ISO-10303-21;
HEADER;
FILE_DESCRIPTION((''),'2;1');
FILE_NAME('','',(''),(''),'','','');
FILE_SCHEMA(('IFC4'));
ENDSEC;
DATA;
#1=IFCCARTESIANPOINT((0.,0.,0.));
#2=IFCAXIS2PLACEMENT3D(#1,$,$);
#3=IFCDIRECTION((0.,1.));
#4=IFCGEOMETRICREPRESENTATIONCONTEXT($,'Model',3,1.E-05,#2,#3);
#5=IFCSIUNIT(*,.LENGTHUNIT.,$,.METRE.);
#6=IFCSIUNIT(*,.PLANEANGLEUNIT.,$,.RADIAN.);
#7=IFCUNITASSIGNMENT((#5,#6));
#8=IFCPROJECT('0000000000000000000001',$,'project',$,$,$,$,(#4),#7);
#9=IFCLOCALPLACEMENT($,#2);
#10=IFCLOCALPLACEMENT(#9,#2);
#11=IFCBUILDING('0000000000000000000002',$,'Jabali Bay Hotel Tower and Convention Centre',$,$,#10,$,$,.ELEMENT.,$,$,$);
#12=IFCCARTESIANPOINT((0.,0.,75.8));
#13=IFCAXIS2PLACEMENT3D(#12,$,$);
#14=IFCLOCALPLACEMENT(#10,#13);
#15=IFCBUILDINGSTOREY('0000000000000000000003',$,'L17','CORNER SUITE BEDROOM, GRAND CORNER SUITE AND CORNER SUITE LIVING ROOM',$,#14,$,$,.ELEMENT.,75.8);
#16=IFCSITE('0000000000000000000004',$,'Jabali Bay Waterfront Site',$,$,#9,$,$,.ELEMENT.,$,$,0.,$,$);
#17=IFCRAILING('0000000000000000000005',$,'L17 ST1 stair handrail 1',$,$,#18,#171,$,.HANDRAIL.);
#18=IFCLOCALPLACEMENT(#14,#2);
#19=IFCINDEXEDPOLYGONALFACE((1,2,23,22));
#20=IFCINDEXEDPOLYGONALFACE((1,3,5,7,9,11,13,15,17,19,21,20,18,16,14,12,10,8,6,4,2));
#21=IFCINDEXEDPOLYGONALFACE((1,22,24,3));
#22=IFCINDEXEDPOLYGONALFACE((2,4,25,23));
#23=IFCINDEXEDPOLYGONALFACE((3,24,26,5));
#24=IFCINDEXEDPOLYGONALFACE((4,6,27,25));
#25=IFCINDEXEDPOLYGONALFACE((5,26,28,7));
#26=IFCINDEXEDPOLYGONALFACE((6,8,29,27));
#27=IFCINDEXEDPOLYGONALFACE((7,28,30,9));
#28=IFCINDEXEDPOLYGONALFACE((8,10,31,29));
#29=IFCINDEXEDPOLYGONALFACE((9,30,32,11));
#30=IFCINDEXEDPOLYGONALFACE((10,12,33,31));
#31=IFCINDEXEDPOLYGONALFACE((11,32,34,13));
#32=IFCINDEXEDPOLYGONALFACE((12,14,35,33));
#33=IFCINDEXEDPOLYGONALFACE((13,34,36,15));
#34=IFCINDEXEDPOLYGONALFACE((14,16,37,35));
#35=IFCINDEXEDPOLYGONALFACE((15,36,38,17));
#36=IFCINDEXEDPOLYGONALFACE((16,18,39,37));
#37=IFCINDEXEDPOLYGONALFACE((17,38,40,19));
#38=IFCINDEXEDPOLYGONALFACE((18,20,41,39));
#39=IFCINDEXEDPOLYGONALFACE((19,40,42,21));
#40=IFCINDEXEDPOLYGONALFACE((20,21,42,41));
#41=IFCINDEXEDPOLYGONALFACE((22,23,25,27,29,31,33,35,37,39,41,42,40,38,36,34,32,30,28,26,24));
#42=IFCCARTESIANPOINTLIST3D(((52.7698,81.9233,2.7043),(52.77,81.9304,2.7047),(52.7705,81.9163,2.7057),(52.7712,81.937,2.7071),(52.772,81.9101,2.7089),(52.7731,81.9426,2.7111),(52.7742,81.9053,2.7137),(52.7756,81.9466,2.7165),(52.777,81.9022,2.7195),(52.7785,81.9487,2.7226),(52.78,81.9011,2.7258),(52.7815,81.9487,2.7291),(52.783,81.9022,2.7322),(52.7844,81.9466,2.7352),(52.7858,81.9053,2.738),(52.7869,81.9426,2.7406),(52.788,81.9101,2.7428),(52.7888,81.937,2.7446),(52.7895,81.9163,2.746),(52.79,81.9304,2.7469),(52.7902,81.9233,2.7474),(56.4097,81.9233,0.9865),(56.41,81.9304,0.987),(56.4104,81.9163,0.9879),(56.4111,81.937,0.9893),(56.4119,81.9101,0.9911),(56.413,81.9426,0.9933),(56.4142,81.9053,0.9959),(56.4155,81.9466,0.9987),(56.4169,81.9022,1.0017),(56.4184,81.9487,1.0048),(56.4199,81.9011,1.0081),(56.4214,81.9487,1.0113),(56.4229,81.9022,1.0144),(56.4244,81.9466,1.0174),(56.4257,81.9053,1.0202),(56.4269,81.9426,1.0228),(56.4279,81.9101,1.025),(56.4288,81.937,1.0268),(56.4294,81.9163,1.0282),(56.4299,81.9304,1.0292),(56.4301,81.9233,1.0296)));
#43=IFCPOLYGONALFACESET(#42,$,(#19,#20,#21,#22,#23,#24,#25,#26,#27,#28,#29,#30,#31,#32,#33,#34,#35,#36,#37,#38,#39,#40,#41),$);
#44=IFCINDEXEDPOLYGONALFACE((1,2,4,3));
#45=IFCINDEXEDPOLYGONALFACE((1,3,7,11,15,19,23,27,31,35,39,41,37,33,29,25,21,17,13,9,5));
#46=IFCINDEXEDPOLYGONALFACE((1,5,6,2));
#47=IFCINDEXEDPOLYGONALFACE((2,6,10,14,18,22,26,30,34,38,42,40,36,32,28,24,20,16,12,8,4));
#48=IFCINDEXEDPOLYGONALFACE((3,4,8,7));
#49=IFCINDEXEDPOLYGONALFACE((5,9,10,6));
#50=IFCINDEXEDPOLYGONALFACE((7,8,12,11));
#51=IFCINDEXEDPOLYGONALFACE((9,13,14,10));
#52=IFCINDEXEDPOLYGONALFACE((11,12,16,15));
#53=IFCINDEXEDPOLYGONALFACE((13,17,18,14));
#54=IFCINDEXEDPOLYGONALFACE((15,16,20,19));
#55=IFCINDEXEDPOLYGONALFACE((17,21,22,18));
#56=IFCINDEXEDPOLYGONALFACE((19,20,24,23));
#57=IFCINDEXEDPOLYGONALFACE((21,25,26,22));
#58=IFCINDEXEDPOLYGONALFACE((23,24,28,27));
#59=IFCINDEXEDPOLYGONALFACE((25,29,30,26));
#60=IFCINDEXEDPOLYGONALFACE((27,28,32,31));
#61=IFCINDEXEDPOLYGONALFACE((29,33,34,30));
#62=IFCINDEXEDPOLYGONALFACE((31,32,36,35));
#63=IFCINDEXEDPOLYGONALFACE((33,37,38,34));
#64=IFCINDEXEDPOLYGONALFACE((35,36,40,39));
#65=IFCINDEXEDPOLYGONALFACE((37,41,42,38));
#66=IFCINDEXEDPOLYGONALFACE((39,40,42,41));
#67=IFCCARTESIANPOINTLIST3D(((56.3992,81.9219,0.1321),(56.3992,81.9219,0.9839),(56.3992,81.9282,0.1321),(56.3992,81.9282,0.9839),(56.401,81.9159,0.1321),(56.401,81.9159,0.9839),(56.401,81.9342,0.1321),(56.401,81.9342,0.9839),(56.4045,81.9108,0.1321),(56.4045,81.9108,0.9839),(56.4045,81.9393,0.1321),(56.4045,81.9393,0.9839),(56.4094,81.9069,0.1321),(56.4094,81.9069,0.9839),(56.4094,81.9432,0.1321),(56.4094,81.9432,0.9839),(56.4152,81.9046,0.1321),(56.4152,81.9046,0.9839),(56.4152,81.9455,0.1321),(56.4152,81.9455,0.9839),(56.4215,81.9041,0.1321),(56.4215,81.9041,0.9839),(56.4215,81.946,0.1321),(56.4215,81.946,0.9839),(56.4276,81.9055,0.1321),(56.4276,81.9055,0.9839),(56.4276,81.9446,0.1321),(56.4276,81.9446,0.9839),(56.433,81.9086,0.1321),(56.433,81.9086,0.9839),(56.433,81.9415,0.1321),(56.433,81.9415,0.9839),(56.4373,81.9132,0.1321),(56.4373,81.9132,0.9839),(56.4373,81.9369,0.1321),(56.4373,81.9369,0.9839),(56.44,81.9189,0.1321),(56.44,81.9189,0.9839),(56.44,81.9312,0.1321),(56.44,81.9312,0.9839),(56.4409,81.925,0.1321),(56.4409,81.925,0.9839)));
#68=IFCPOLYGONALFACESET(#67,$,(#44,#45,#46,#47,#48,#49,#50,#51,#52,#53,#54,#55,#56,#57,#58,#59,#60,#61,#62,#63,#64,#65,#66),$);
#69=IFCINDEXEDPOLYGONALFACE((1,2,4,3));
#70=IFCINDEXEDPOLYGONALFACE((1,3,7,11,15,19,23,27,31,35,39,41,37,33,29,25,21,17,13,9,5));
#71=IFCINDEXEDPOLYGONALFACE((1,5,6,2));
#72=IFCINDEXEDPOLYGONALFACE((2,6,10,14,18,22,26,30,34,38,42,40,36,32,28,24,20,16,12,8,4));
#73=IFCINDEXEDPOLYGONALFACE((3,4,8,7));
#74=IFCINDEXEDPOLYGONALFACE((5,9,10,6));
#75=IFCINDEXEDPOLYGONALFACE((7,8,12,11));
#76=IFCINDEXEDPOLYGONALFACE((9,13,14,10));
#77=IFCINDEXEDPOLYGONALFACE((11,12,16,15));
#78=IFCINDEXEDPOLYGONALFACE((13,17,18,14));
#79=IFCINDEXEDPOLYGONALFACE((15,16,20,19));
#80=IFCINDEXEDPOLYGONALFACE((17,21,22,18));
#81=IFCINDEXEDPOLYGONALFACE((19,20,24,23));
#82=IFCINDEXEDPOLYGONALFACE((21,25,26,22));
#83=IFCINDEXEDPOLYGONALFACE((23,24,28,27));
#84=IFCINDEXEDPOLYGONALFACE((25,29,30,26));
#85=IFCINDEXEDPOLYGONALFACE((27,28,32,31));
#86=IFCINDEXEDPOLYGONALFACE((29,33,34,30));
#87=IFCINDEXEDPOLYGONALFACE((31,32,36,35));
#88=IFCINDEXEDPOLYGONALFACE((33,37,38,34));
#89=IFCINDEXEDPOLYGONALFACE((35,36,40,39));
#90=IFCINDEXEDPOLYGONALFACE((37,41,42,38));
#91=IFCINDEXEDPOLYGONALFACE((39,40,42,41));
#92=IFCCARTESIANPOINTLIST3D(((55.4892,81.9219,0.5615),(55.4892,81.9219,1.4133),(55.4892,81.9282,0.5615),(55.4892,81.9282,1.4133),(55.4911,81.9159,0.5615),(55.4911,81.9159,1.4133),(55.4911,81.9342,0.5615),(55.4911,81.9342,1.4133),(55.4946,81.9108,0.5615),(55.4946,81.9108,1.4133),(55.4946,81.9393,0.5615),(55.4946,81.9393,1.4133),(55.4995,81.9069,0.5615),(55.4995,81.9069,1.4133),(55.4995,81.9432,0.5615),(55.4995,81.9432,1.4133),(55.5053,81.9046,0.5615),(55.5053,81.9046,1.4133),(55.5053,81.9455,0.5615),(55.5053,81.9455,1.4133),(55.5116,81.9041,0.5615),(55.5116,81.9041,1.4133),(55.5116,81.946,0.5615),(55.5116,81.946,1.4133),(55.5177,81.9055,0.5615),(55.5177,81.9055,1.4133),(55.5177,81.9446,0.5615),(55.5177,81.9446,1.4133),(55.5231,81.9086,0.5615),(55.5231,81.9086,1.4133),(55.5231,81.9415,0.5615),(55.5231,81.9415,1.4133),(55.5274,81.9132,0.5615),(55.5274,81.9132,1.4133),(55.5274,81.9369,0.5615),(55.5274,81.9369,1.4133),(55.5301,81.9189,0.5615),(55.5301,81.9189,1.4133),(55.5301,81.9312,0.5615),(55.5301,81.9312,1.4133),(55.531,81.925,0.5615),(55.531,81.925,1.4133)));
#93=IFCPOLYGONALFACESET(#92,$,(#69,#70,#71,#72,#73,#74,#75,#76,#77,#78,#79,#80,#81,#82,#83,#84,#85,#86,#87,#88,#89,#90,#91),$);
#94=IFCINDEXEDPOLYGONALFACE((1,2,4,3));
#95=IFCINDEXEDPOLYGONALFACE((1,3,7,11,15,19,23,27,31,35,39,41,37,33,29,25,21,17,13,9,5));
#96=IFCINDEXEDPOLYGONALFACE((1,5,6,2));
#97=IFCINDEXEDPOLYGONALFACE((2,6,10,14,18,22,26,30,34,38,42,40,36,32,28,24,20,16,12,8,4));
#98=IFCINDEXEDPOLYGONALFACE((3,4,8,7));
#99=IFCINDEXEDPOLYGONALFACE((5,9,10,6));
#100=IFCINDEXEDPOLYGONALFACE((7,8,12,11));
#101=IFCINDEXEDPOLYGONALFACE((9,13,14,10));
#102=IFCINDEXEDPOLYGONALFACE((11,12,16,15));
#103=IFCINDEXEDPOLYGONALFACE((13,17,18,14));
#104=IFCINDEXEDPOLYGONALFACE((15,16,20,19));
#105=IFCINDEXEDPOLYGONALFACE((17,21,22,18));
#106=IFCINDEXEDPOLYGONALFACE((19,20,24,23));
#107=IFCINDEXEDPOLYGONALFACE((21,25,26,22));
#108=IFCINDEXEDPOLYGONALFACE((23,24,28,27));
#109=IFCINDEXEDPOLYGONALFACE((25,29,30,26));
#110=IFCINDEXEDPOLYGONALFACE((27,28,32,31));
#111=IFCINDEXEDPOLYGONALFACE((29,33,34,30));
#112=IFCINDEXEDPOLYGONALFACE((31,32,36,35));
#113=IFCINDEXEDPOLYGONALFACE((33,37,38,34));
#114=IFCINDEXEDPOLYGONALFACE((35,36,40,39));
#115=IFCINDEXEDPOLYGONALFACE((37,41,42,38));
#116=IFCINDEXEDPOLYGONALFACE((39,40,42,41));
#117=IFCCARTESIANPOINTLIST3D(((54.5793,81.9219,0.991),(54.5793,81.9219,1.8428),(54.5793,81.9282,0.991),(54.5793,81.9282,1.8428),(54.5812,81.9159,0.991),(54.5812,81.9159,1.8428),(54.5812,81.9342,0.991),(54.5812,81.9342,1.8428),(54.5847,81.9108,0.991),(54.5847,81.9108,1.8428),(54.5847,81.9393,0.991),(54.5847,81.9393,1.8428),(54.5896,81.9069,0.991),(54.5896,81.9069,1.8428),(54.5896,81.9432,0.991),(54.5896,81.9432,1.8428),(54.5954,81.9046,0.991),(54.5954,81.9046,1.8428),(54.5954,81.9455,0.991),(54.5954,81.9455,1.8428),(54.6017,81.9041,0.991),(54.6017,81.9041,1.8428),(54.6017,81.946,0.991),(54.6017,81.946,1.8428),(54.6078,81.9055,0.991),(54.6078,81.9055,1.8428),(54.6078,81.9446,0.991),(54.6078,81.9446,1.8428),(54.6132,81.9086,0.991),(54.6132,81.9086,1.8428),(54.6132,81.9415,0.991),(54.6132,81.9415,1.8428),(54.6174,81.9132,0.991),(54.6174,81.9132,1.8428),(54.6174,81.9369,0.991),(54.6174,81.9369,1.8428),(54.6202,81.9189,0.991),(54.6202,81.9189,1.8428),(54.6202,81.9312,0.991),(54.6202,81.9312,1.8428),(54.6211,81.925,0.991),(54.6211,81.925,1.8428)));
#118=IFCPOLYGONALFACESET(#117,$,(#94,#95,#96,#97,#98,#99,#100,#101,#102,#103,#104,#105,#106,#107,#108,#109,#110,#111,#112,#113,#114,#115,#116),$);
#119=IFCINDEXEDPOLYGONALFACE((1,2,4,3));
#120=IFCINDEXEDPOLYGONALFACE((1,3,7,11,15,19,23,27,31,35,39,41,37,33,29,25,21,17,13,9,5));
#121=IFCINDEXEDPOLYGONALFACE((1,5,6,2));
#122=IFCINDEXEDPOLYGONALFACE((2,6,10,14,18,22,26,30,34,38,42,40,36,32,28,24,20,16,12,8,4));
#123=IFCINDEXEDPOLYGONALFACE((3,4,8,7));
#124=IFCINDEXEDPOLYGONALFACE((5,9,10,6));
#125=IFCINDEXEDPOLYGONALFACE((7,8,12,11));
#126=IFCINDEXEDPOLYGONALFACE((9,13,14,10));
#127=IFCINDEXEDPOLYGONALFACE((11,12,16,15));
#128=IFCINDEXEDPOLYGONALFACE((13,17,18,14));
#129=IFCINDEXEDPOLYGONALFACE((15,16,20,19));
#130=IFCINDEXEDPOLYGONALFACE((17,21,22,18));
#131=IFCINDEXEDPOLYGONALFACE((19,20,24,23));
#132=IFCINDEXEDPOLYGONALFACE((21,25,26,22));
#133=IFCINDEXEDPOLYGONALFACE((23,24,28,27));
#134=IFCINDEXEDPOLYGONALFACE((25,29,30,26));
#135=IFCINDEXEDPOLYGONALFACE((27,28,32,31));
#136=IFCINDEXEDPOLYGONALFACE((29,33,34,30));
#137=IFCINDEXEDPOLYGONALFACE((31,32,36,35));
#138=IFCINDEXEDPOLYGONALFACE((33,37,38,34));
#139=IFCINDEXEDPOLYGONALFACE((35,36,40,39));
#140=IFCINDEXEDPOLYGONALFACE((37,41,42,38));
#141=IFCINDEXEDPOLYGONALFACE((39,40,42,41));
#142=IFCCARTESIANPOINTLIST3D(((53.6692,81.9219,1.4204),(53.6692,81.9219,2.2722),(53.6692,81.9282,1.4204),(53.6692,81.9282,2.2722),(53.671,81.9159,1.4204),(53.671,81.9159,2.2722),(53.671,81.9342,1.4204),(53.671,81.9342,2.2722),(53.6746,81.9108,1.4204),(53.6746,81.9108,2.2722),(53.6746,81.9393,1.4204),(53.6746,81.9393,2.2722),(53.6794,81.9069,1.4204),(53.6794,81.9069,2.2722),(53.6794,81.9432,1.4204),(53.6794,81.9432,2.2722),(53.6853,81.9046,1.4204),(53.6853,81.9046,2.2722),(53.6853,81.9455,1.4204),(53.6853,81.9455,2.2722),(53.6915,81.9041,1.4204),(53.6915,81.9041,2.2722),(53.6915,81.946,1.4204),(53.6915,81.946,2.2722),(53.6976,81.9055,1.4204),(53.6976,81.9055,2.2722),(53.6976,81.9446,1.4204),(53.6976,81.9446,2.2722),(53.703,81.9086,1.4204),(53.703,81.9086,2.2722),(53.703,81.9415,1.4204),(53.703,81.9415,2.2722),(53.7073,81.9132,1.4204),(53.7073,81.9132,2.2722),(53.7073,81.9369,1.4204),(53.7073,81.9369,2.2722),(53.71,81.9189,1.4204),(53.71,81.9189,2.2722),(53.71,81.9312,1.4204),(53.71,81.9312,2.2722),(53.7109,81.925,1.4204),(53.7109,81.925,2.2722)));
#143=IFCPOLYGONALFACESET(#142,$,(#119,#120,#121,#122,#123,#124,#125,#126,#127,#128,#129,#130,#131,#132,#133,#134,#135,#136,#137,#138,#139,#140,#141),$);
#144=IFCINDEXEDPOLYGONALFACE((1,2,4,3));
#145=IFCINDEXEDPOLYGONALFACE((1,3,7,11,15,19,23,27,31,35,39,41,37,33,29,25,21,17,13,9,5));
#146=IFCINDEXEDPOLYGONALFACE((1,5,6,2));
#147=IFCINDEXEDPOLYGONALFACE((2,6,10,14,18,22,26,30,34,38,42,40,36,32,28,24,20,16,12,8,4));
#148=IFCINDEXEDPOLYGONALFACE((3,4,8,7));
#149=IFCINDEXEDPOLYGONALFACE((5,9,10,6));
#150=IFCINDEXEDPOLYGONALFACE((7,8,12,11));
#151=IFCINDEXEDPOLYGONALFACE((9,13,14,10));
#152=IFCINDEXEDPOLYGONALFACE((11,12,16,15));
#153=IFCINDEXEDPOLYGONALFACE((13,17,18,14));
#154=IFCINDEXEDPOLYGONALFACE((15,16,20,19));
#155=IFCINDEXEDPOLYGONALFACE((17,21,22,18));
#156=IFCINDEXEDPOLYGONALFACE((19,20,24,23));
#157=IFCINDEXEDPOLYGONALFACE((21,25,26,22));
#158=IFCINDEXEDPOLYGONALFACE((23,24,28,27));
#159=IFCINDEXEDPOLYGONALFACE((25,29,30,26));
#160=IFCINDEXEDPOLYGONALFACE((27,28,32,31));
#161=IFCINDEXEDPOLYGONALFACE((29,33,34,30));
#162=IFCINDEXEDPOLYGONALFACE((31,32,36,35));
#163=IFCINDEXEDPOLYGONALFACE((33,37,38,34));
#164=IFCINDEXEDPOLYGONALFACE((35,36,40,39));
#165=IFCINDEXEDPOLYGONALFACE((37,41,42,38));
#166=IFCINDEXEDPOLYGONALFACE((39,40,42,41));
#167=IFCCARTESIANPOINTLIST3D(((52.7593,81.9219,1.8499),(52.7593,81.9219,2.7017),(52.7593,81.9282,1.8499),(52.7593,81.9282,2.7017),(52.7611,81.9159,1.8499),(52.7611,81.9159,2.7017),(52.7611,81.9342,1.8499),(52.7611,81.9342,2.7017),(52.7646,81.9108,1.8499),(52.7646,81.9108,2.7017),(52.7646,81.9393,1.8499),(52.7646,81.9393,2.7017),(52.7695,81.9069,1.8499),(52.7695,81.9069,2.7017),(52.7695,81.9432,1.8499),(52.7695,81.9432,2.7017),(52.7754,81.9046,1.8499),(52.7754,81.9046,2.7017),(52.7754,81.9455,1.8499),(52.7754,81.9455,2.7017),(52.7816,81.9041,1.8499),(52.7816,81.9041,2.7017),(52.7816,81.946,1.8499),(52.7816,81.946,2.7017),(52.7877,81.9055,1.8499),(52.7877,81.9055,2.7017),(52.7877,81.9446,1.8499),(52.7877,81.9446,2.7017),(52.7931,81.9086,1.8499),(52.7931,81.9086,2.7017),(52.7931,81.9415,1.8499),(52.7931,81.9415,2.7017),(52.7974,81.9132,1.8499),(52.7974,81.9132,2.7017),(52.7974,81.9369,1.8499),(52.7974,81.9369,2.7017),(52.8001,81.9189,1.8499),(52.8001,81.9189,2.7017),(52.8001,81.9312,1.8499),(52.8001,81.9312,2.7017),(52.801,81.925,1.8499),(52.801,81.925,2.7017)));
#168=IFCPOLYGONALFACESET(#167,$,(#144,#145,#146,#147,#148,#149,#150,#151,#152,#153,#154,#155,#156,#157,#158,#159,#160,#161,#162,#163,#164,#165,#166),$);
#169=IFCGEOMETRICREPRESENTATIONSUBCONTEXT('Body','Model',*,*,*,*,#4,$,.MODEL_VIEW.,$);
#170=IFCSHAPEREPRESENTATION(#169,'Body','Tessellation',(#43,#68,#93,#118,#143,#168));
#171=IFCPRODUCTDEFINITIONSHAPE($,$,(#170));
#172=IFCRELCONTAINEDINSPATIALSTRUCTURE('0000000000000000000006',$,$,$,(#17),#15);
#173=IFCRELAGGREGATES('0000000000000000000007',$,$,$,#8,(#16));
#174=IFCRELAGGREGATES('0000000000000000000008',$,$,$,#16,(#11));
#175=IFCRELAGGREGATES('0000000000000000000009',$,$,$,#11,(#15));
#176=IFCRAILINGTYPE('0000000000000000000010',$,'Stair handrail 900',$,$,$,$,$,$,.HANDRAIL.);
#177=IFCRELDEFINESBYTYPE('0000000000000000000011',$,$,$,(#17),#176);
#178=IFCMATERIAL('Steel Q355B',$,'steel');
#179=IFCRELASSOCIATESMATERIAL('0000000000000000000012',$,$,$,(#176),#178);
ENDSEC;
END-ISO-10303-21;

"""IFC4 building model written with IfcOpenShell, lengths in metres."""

from ifc_helpers import new_model, si_unit, direction, frame, origin, origin_2d, place, context, subcontext, project, spatial, circle, extrude, material, type_object, element, save


model = new_model("IFC4")

# Units and contexts
model_context = context("Model", 3, precision=1e-05, world=origin(), true_north=direction((0.0, 1.0)))
body_context = subcontext(model_context, "Body", "Model", "MODEL_VIEW")
ifc_project = project(units=[si_unit("LENGTHUNIT", "METRE"), si_unit("PLANEANGLEUNIT", "RADIAN")], contexts=[model_context])

# Site, building, storey
site_placement = place(None, origin())
site = spatial("IfcSite", under=ifc_project, at=site_placement, Name="Jabali Bay Waterfront Site", CompositionType="ELEMENT", RefElevation=0.0)
building_placement = place(site_placement, origin())
building = spatial("IfcBuilding", under=site, at=building_placement, Name="Jabali Bay Hotel Tower and Convention Centre", CompositionType="ELEMENT")
storey_placement = place(building_placement, frame((0.0, 0.0, 75.8)))
storey = spatial("IfcBuildingStorey", under=building, at=storey_placement, Name="L17", Description="CORNER SUITE BEDROOM, GRAND CORNER SUITE AND CORNER SUITE LIVING ROOM", CompositionType="ELEMENT", Elevation=75.8)

# Railing
ifc_material_1 = material(Name="Steel Q355B", Category="steel")
railing_type_1 = type_object("IfcRailingType", Name="Stair handrail 900", PredefinedType="HANDRAIL", material=ifc_material_1)
railing_1_placement = place(storey_placement, frame((56.4199, 81.925, 0.1321)))
element("IfcRailing", 1, at=railing_1_placement, inside=storey, type_object=railing_type_1, Name="L17 ST1 stair handrail 1", PredefinedType="HANDRAIL", context=body_context, shape_type="SweptSolid", body=[
    extrude(circle(Radius=0.0239, at=origin_2d()), frame((0.0, 0.0, 0.876), z_axis=(-0.904351, 0.0, 0.42679), x_axis=(0.0, -1.0, 0.0)), (0.0, 0.0, 1.0), 4.0249),
    extrude(circle(Radius=0.021, at=origin_2d()), origin(), (0.0, 0.0, 1.0), 0.8518),
    extrude(circle(Radius=0.021, at=origin_2d()), frame((-0.9099, 0.0, 0.4294)), (0.0, 0.0, 1.0), 0.8518),
    extrude(circle(Radius=0.021, at=origin_2d()), frame((-1.8198, 0.0, 0.8589)), (0.0, 0.0, 1.0), 0.8518),
    extrude(circle(Radius=0.021, at=origin_2d()), frame((-2.73, 0.0, 1.2883)), (0.0, 0.0, 1.0), 0.8518),
    extrude(circle(Radius=0.021, at=origin_2d()), frame((-3.6399, 0.0, 1.7178)), (0.0, 0.0, 1.0), 0.8518),
])

save(model, "model.ifc")
